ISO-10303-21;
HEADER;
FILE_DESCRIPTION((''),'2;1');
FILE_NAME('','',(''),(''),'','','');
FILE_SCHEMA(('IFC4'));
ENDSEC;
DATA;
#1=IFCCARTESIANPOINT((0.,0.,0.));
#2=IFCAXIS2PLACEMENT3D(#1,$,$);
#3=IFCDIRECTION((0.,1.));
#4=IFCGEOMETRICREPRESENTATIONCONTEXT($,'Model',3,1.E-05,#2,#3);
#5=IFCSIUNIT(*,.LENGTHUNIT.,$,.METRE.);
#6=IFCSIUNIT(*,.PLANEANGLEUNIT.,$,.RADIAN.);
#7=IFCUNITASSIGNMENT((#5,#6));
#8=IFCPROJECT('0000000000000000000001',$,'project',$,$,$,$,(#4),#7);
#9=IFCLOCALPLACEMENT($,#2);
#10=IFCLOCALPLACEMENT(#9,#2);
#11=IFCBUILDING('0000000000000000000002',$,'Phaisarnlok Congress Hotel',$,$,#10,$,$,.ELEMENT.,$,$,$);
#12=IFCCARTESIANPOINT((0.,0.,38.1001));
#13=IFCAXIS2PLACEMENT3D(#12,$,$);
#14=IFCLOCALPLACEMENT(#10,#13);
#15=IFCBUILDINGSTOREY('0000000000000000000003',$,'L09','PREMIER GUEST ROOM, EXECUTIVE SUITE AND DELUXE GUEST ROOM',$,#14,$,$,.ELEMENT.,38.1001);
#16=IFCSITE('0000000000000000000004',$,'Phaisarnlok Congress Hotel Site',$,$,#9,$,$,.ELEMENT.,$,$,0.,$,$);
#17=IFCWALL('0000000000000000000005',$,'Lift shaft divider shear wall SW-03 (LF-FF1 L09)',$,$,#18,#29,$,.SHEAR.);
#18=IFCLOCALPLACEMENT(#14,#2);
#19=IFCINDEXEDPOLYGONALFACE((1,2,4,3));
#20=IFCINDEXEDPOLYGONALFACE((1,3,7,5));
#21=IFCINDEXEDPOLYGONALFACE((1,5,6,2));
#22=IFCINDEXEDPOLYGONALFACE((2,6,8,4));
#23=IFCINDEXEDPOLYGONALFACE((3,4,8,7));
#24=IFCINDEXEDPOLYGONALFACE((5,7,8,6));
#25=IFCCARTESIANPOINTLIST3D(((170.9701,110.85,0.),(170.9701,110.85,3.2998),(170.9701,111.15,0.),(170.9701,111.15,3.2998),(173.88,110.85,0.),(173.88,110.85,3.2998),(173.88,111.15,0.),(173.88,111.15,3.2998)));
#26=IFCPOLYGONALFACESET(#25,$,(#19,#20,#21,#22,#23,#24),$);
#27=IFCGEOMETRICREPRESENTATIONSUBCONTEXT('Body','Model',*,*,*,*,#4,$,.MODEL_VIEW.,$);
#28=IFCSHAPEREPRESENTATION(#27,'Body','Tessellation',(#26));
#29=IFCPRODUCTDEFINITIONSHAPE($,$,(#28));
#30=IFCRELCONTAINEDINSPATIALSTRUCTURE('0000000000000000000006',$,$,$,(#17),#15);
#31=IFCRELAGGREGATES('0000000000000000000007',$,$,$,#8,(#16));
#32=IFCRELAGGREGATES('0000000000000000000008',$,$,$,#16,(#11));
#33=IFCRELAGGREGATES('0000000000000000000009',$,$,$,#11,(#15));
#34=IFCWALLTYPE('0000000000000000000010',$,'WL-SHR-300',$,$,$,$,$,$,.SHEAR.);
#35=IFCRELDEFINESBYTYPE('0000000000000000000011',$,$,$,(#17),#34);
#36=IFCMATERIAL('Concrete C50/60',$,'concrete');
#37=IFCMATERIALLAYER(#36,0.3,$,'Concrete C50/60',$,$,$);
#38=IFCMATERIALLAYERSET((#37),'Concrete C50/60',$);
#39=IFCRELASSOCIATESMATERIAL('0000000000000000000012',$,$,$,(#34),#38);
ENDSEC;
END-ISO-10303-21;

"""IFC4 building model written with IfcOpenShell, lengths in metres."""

from ifc_helpers import new_model, si_unit, direction, frame, frame_2d, origin, place, context, subcontext, project, spatial, rectangle, extrude, material, layer, layer_set, type_object, element, save


model = new_model("IFC4")

# Units and contexts
model_context = context("Model", 3, precision=1e-05, world=origin(), true_north=direction((0.0, 1.0)))
body_context = subcontext(model_context, "Body", "Model", "MODEL_VIEW")
ifc_project = project(units=[si_unit("LENGTHUNIT", "METRE"), si_unit("PLANEANGLEUNIT", "RADIAN")], contexts=[model_context])

# Site, building, storey
site_placement = place(None, origin())
site = spatial("IfcSite", under=ifc_project, at=site_placement, Name="Phaisarnlok Congress Hotel Site", CompositionType="ELEMENT", RefElevation=0.0)
building_placement = place(site_placement, origin())
building = spatial("IfcBuilding", under=site, at=building_placement, Name="Phaisarnlok Congress Hotel", CompositionType="ELEMENT")
storey_placement = place(building_placement, frame((0.0, 0.0, 38.1001)))
storey = spatial("IfcBuildingStorey", under=building, at=storey_placement, Name="L09", Description="PREMIER GUEST ROOM, EXECUTIVE SUITE AND DELUXE GUEST ROOM", CompositionType="ELEMENT", Elevation=38.1001)

# Shared definitions
ifc_material_1 = material(Name="Concrete C50/60", Category="concrete")

# Wall
ifc_layer_1 = layer(ifc_material_1, 0.3, Name="Concrete C50/60")
ifc_layer_set_1 = layer_set([ifc_layer_1], Name="Concrete C50/60")
wall_type_1 = type_object("IfcWallType", Name="WL-SHR-300", PredefinedType="SHEAR", material=ifc_layer_set_1)
wall_1_placement = place(storey_placement, frame((170.97, 111.0, 0.0), z_axis=(0.0, 0.0, 1.0), x_axis=(1.0, 0.0, 0.0)))
element("IfcWall", 1, at=wall_1_placement, inside=storey, type_object=wall_type_1, Name="Lift shaft divider shear wall SW-03 (LF-FF1 L09)", PredefinedType="SHEAR", context=body_context, shape_type="SweptSolid", body=[
    extrude(rectangle(XDim=2.9099, YDim=0.3, at=frame_2d((1.4551, 0.0))), origin(), (0.0, 0.0, 1.0), 3.2998),
])

save(model, "model.ifc")
